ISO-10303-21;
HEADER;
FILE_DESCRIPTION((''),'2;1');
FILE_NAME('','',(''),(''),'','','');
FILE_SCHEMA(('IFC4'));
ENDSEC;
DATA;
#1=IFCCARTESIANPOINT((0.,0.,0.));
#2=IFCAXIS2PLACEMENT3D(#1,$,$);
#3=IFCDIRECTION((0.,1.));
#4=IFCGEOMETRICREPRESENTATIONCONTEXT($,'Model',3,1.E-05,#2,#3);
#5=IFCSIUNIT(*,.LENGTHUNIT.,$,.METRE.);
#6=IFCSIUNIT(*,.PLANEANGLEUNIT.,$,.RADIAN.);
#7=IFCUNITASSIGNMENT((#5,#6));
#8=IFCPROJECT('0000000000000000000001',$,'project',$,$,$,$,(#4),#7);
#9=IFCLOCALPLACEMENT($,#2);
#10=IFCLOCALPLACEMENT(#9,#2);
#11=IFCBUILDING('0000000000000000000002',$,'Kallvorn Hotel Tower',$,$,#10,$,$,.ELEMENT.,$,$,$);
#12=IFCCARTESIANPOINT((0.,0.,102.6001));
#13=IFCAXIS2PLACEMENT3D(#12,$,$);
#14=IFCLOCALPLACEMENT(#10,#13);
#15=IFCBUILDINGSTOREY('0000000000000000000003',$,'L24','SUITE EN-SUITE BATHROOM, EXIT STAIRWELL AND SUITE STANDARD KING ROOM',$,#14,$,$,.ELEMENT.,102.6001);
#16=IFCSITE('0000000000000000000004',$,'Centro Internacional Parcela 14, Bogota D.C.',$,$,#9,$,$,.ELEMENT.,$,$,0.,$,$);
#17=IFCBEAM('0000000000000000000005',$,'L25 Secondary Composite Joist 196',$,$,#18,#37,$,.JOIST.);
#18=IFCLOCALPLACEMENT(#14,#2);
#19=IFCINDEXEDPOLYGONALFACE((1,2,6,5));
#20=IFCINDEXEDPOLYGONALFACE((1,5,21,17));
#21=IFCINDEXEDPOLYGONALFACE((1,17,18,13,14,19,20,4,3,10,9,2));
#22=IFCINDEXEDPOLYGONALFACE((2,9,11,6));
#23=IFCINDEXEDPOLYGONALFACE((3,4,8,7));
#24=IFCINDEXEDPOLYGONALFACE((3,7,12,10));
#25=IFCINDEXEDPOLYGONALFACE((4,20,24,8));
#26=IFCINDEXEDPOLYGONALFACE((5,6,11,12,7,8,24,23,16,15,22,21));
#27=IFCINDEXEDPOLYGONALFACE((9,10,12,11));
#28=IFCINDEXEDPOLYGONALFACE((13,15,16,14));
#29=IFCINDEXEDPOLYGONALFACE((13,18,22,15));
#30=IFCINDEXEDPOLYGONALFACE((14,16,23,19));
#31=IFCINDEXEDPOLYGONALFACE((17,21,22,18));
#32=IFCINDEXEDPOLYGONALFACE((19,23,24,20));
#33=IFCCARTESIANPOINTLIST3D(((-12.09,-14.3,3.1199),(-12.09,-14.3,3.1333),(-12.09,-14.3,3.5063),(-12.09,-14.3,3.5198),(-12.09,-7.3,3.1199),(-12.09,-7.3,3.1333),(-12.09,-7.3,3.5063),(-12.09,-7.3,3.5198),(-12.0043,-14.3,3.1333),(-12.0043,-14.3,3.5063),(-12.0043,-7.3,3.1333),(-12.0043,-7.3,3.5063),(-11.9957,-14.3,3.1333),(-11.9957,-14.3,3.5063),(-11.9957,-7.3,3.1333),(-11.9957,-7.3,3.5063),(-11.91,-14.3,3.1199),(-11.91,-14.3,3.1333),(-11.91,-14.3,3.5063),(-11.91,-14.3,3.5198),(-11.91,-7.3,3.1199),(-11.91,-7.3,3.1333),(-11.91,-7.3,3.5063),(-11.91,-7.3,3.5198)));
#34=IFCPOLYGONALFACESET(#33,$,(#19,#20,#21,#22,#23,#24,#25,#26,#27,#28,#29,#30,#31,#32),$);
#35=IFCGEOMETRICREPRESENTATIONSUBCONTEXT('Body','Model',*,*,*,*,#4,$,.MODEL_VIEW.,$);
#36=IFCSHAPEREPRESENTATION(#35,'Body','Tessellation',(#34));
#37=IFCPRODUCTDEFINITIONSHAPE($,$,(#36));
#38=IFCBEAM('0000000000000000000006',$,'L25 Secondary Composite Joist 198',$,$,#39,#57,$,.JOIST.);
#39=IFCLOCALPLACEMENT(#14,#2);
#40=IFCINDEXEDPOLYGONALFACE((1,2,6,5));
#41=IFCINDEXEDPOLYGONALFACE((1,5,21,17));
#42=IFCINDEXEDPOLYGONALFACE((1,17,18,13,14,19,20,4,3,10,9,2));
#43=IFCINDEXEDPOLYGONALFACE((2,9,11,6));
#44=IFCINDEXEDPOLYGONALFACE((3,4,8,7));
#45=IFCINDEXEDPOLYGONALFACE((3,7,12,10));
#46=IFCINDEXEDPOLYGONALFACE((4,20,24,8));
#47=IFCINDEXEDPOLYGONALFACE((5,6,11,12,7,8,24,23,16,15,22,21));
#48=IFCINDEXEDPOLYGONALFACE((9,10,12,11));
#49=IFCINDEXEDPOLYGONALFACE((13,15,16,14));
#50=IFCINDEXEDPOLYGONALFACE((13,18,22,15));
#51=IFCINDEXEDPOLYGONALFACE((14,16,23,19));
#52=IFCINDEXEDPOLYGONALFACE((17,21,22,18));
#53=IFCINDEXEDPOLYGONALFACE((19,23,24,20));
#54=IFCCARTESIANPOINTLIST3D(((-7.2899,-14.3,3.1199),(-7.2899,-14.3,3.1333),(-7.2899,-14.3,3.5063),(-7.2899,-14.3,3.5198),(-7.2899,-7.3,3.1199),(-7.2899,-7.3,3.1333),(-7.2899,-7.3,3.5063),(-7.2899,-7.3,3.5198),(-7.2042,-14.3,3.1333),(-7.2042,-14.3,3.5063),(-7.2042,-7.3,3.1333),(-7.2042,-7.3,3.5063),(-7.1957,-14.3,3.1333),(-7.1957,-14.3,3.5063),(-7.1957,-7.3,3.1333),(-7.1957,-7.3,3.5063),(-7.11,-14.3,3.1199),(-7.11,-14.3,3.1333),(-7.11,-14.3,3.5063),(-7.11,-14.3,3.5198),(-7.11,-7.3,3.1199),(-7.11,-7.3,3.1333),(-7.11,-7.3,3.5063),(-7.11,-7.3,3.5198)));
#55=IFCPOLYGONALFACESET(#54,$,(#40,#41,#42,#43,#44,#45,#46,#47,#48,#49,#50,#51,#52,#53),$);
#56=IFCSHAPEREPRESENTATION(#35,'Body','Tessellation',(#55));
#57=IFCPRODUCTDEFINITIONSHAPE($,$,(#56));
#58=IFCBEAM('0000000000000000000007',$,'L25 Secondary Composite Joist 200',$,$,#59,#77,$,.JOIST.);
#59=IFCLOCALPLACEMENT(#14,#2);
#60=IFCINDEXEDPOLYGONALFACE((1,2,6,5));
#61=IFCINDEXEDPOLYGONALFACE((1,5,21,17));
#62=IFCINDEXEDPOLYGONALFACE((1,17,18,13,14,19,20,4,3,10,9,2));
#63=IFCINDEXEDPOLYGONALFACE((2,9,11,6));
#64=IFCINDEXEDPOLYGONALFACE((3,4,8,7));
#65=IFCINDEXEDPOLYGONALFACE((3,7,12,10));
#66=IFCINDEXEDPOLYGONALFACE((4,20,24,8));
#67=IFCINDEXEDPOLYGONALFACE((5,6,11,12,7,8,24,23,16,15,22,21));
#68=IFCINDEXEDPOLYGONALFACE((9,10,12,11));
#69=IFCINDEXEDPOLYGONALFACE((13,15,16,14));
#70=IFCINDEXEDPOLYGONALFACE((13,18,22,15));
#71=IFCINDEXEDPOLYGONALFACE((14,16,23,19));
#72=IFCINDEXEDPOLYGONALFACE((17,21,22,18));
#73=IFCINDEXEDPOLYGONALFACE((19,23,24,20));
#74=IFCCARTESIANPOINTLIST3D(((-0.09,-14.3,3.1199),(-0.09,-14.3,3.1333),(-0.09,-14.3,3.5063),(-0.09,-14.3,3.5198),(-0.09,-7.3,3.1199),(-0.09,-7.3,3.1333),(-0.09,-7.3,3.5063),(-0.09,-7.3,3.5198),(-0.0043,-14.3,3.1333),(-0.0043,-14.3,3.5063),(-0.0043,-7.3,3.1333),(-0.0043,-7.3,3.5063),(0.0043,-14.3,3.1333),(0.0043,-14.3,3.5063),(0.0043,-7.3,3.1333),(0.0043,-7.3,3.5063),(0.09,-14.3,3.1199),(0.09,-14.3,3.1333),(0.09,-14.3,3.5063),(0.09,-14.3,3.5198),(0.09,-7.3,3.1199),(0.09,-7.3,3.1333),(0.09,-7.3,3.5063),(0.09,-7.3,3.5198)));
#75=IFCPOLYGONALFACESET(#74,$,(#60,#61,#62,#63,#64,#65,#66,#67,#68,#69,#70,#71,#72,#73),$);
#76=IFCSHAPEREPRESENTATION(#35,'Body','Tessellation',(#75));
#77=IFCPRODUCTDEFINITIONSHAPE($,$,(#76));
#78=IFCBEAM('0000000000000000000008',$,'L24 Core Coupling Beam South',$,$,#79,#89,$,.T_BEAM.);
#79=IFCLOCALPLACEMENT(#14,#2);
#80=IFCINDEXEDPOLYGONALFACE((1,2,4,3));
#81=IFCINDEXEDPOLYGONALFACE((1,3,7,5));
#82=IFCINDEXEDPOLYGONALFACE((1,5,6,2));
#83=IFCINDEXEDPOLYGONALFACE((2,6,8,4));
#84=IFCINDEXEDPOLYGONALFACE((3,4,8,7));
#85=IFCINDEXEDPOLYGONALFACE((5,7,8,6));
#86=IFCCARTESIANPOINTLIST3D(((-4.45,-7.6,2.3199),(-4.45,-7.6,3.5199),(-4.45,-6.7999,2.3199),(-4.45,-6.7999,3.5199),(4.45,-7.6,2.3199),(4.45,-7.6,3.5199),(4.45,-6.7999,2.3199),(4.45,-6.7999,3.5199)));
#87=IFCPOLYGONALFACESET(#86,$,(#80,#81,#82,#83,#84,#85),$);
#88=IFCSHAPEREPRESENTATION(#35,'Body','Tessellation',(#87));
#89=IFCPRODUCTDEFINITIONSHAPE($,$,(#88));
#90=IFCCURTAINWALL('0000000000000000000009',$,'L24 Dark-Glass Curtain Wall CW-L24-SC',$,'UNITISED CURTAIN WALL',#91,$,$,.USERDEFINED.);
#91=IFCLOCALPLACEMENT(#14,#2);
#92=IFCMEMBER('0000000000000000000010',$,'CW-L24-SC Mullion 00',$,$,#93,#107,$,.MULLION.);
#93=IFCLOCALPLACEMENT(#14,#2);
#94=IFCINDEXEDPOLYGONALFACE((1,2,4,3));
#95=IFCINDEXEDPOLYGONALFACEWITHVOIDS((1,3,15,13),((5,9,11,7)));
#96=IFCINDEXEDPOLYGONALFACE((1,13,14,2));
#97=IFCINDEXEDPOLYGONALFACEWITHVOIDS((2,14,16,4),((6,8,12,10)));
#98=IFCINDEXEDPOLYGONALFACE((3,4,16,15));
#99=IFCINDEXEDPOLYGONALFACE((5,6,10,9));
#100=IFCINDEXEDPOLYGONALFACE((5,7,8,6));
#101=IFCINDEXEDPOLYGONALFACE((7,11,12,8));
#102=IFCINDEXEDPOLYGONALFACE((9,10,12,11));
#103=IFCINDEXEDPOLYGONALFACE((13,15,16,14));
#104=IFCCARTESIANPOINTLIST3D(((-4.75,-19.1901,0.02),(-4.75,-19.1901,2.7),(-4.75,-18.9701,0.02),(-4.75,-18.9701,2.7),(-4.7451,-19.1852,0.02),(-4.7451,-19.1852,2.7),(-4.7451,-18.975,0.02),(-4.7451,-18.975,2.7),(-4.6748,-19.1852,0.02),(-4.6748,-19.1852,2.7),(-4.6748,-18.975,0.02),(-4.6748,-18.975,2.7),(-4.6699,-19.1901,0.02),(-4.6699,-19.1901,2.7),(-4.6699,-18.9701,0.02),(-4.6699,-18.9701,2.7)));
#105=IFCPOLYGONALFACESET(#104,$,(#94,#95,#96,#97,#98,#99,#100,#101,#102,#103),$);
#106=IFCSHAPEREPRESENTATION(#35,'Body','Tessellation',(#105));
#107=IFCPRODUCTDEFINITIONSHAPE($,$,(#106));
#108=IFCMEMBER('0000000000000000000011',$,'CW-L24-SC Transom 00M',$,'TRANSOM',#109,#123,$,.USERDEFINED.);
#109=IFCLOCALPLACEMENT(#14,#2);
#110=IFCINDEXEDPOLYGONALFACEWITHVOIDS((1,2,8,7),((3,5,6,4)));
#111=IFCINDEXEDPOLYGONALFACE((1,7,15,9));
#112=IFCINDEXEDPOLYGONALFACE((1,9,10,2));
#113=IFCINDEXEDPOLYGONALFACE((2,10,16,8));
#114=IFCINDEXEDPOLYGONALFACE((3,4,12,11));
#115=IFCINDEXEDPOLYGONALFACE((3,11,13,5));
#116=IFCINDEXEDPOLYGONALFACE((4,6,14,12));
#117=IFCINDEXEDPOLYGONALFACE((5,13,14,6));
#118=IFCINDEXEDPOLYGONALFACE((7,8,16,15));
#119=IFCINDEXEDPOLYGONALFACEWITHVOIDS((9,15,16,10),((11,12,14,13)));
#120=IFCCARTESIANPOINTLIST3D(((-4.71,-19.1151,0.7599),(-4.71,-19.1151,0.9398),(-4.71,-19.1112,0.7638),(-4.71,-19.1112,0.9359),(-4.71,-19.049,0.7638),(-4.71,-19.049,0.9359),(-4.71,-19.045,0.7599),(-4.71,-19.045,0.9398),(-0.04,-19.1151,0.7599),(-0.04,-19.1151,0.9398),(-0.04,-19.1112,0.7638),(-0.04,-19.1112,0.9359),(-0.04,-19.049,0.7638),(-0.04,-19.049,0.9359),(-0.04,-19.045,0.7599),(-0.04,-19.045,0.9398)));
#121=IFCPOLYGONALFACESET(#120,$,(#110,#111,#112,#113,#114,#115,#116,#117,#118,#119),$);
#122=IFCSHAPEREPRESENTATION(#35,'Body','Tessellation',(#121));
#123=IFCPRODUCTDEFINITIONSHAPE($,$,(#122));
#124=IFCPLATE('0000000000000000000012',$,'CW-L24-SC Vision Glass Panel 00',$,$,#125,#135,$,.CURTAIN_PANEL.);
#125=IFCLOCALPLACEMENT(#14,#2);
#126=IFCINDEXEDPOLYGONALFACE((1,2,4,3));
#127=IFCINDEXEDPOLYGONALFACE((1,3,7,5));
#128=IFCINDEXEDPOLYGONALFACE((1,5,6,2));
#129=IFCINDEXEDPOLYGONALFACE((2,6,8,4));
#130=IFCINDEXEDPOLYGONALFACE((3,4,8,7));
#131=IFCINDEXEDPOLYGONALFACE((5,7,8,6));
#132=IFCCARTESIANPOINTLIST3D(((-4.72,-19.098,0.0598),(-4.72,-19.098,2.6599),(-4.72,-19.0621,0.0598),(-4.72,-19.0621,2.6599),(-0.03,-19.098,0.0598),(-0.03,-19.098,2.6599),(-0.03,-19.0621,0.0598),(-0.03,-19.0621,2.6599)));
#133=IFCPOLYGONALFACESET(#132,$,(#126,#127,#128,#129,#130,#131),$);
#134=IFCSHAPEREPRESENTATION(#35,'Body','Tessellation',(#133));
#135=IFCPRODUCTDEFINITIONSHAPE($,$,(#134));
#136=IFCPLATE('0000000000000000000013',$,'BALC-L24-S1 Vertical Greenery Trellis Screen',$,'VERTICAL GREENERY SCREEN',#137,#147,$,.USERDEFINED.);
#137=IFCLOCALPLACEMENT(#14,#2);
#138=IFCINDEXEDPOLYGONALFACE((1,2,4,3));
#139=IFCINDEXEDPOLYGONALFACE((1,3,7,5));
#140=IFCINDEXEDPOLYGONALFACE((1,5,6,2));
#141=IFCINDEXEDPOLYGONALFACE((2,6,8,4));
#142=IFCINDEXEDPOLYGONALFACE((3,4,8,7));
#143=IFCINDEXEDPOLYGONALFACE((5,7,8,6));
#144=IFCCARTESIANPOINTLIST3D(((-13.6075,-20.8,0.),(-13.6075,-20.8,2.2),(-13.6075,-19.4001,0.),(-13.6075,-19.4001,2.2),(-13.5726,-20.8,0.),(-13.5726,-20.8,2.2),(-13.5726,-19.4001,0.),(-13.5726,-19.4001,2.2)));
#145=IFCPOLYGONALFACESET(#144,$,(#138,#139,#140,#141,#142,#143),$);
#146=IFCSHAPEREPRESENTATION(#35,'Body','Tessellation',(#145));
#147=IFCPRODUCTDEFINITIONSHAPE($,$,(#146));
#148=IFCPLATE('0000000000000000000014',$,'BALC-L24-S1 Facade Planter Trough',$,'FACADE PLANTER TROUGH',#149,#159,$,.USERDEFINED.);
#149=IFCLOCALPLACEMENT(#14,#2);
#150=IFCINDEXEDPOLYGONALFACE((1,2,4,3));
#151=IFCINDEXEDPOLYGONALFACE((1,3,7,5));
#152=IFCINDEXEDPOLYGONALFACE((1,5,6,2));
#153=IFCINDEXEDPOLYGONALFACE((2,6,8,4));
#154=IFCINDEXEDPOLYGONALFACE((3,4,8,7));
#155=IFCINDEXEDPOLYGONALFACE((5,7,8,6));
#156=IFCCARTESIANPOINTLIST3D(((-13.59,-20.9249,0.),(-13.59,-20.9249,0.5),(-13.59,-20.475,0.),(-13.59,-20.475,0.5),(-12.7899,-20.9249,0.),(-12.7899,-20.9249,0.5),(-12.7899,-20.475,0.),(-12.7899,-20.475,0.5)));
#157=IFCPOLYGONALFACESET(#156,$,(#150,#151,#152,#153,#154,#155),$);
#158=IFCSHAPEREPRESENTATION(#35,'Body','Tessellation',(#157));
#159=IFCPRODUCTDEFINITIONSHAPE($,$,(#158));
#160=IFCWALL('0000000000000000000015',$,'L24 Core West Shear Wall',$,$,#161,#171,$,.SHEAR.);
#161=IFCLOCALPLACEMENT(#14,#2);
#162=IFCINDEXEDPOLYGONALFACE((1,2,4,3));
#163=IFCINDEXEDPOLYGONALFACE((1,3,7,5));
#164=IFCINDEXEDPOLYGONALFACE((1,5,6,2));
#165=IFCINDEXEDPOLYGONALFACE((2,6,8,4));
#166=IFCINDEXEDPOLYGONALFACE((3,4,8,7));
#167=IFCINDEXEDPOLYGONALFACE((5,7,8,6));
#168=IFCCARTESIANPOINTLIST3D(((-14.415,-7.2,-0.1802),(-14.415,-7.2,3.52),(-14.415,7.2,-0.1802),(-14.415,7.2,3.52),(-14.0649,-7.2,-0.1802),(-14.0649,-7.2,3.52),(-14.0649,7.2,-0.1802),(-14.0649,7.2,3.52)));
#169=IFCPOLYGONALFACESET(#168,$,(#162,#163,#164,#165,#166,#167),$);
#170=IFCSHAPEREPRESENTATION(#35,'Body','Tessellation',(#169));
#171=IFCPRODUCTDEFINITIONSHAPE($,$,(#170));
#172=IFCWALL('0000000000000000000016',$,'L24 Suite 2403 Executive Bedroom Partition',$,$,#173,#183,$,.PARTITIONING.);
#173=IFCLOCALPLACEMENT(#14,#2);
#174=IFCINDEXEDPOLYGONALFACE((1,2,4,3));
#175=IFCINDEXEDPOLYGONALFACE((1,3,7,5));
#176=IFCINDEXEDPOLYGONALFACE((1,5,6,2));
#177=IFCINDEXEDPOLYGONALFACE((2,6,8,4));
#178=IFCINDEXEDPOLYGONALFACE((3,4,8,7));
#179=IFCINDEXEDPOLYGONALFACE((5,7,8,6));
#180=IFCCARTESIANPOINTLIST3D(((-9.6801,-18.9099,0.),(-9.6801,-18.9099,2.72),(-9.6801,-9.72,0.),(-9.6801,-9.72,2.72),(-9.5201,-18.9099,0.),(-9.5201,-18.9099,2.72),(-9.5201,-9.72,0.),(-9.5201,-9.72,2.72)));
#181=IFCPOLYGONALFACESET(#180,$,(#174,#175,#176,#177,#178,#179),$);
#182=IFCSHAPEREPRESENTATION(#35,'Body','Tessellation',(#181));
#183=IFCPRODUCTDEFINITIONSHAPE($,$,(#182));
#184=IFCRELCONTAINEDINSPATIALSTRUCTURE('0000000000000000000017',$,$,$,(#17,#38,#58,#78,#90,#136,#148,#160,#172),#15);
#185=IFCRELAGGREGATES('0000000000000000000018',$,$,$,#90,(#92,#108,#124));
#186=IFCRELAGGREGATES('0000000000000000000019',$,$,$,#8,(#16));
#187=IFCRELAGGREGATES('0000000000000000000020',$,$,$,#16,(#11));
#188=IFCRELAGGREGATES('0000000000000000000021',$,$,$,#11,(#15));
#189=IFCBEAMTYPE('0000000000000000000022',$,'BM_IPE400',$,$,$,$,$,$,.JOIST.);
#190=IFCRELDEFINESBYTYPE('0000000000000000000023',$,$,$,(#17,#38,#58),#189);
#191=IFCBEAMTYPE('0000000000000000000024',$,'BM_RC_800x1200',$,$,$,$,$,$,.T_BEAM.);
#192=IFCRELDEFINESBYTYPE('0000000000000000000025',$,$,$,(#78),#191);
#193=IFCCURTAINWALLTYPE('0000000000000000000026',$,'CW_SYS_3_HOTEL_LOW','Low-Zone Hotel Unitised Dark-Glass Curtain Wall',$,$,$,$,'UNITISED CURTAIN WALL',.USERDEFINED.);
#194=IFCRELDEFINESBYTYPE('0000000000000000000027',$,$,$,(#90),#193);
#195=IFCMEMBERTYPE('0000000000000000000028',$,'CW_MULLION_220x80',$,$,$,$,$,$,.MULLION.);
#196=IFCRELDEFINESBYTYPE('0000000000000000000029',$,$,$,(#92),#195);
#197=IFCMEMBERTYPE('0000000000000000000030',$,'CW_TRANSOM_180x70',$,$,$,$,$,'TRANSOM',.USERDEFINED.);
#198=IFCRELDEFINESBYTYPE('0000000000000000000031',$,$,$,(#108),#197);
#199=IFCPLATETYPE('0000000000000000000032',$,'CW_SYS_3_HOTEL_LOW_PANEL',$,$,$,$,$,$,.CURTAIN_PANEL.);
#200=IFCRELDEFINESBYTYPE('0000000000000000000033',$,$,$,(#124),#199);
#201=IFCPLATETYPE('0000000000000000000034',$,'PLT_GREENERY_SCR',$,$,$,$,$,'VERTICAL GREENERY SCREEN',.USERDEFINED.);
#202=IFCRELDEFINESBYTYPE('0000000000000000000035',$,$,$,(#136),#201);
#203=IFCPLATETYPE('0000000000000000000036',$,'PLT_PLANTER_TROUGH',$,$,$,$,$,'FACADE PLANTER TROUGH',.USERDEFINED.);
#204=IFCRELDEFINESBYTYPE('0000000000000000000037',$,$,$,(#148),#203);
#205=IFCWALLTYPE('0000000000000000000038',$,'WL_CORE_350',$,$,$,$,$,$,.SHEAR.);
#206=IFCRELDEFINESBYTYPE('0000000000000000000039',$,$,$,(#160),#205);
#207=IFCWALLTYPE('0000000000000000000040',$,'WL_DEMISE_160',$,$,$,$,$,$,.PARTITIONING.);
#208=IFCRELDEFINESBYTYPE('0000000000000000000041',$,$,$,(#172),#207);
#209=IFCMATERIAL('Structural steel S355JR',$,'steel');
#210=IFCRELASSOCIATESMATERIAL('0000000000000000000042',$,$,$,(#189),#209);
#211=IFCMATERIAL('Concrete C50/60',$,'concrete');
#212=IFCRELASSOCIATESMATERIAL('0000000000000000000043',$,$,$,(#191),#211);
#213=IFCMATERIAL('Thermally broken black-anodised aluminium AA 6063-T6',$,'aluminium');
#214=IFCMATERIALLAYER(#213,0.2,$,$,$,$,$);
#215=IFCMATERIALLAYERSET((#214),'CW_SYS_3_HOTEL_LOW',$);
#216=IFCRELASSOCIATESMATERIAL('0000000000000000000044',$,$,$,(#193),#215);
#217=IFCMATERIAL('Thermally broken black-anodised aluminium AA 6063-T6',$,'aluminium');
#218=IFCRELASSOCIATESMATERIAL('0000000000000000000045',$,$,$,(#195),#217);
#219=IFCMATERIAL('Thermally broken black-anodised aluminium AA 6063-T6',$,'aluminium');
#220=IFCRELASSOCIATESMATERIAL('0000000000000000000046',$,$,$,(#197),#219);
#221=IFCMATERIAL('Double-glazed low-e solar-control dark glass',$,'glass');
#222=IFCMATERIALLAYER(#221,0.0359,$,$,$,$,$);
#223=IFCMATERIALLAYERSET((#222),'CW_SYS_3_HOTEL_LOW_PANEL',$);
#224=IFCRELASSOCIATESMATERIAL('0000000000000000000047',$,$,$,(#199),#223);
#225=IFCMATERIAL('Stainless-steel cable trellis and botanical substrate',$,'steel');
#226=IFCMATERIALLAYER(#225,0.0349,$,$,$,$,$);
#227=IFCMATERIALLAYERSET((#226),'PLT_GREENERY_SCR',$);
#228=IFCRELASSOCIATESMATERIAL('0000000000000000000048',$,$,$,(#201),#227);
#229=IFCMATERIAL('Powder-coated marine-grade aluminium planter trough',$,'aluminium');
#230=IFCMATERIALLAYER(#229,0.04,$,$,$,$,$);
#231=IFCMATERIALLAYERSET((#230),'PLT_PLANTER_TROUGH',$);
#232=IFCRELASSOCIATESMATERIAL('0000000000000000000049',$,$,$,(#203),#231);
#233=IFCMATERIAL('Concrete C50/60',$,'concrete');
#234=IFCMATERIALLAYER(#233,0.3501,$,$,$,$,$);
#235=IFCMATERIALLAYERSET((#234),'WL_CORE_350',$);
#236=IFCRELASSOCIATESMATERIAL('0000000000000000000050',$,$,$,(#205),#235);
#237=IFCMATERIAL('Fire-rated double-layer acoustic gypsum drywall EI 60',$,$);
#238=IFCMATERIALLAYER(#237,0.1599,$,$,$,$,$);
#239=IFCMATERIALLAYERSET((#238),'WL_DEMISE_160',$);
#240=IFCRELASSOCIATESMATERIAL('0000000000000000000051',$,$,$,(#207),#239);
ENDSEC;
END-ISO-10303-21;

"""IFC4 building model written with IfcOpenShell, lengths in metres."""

from ifc_helpers import new_model, si_unit, direction, frame, frame_2d, origin, origin_2d, place, context, subcontext, project, spatial, rectangle, hollow_rectangle, i_section, extrude, material, layer, layer_set, material_profile, profile_set, type_object, element, aggregate, save


model = new_model("IFC4")

# Units and contexts
model_context = context("Model", 3, precision=1e-05, world=origin(), true_north=direction((0.0, 1.0)))
body_context = subcontext(model_context, "Body", "Model", "MODEL_VIEW")
ifc_project = project(units=[si_unit("LENGTHUNIT", "METRE"), si_unit("PLANEANGLEUNIT", "RADIAN")], contexts=[model_context])

# Site, building, storey
site_placement = place(None, origin())
site = spatial("IfcSite", under=ifc_project, at=site_placement, Name="Centro Internacional Parcela 14, Bogota D.C.", CompositionType="ELEMENT", RefElevation=0.0)
building_placement = place(site_placement, origin())
building = spatial("IfcBuilding", under=site, at=building_placement, Name="Kallvorn Hotel Tower", CompositionType="ELEMENT")
storey_placement = place(building_placement, frame((0.0, 0.0, 102.6001)))
storey = spatial("IfcBuildingStorey", under=building, at=storey_placement, Name="L24", Description="SUITE EN-SUITE BATHROOM, EXIT STAIRWELL AND SUITE STANDARD KING ROOM", CompositionType="ELEMENT", Elevation=102.6001)

# Beams
ifc_material_1 = material(Name="Structural steel S355JR", Category="steel")
ifc_material_profile_1 = material_profile(ifc_material_1, i_section(OverallWidth=0.1799, OverallDepth=0.3999, WebThickness=0.0085, FlangeThickness=0.0134, at=origin_2d()), Name="IPE 400")
ifc_profile_set_1 = profile_set([ifc_material_profile_1], Name="Structural steel S355JR")
beam_type_1 = type_object("IfcBeamType", Name="BM_IPE400", PredefinedType="JOIST", material=ifc_profile_set_1)
for number, where, z_axis, x_axis, name in (
    (1, (-12.0, -14.3, 3.3198), (0.0, 1.0, 0.0), (-1.0, 0.0, 0.0), "L25 Secondary Composite Joist 196"),
    (2, (-7.2, -14.3, 3.3198), (0.0, 1.0, 0.0), (-1.0, 0.0, 0.0), "L25 Secondary Composite Joist 198"),
    (3, (0.0, -14.3, 3.3198), (0.0, 1.0, 0.0), (-1.0, 0.0, 0.0), "L25 Secondary Composite Joist 200"),
):
    element("IfcBeam", number, at=place(storey_placement, frame(where, z_axis=z_axis, x_axis=x_axis)), inside=storey, type_object=beam_type_1, Name=name, PredefinedType="JOIST", context=body_context, shape_type="SweptSolid", body=[
        extrude(i_section(OverallWidth=0.1799, OverallDepth=0.3999, WebThickness=0.0085, FlangeThickness=0.0134, at=origin_2d()), origin(), (0.0, 0.0, 1.0), 7.0),
    ])
ifc_material_2 = material(Name="Concrete C50/60", Category="concrete")
ifc_material_profile_2 = material_profile(ifc_material_2, rectangle(XDim=0.8, YDim=1.2, at=origin_2d()), Name="RC 800x1200")
ifc_profile_set_2 = profile_set([ifc_material_profile_2], Name="Concrete C50/60")
beam_type_2 = type_object("IfcBeamType", Name="BM_RC_800x1200", PredefinedType="T_BEAM", material=ifc_profile_set_2)
beam_1_placement = place(storey_placement, frame((-4.45, -7.2, 2.9199), z_axis=(1.0, 0.0, 0.0), x_axis=(0.0, 1.0, 0.0)))
element("IfcBeam", 4, at=beam_1_placement, inside=storey, type_object=beam_type_2, Name="L24 Core Coupling Beam South", PredefinedType="T_BEAM", context=body_context, shape_type="SweptSolid", body=[
    extrude(rectangle(XDim=0.8, YDim=1.2, at=origin_2d()), origin(), (0.0, 0.0, 1.0), 8.8999),
])

# Curtain wall, members, plate
ifc_material_3 = material(Name="Thermally broken black-anodised aluminium AA 6063-T6", Category="aluminium")
ifc_layer_1 = layer(ifc_material_3, 0.2)
ifc_layer_set_1 = layer_set([ifc_layer_1], Name="CW_SYS_3_HOTEL_LOW")
curtain_wall_type = type_object("IfcCurtainWallType", Name="CW_SYS_3_HOTEL_LOW", Description="Low-Zone Hotel Unitised Dark-Glass Curtain Wall", ElementType="UNITISED CURTAIN WALL", PredefinedType="USERDEFINED", material=ifc_layer_set_1)
curtain_wall_placement = place(storey_placement, origin())
curtain_wall = element("IfcCurtainWall", 5, at=curtain_wall_placement, inside=storey, type_object=curtain_wall_type, Name="L24 Dark-Glass Curtain Wall CW-L24-SC", ObjectType="UNITISED CURTAIN WALL", PredefinedType="USERDEFINED")
ifc_material_4 = material(Name="Thermally broken black-anodised aluminium AA 6063-T6", Category="aluminium")
ifc_material_profile_3 = material_profile(ifc_material_4, hollow_rectangle(XDim=0.0801, YDim=0.22, WallThickness=0.0049, at=origin_2d()), Name="MUL 220x80")
ifc_profile_set_3 = profile_set([ifc_material_profile_3], Name="Thermally broken black-anodised aluminium AA 6063-T6")
member_type_1 = type_object("IfcMemberType", Name="CW_MULLION_220x80", PredefinedType="MULLION", material=ifc_profile_set_3)
member_1_placement = place(storey_placement, frame((-4.71, -19.0801, 0.02), z_axis=(0.0, 0.0, 1.0), x_axis=(1.0, 0.0, 0.0)))
member_1 = element("IfcMember", 6, at=member_1_placement, type_object=member_type_1, Name="CW-L24-SC Mullion 00", PredefinedType="MULLION", context=body_context, shape_type="SweptSolid", body=[
    extrude(hollow_rectangle(XDim=0.0801, YDim=0.22, WallThickness=0.0049, at=origin_2d()), origin(), (0.0, 0.0, 1.0), 2.6799),
])
ifc_material_5 = material(Name="Thermally broken black-anodised aluminium AA 6063-T6", Category="aluminium")
ifc_material_profile_4 = material_profile(ifc_material_5, hollow_rectangle(XDim=0.0701, YDim=0.1799, WallThickness=0.0039, at=origin_2d()), Name="TRN 180x70")
ifc_profile_set_4 = profile_set([ifc_material_profile_4], Name="Thermally broken black-anodised aluminium AA 6063-T6")
member_type_2 = type_object("IfcMemberType", Name="CW_TRANSOM_180x70", ElementType="TRANSOM", PredefinedType="USERDEFINED", material=ifc_profile_set_4)
member_2_placement = place(storey_placement, frame((-4.71, -19.0801, 0.8499), z_axis=(1.0, 0.0, 0.0), x_axis=(0.0, 1.0, 0.0)))
member_2 = element("IfcMember", 7, at=member_2_placement, type_object=member_type_2, Name="CW-L24-SC Transom 00M", ObjectType="TRANSOM", PredefinedType="USERDEFINED", context=body_context, shape_type="SweptSolid", body=[
    extrude(hollow_rectangle(XDim=0.0701, YDim=0.1799, WallThickness=0.0039, at=origin_2d()), origin(), (0.0, 0.0, 1.0), 4.6699),
])
ifc_material_6 = material(Name="Double-glazed low-e solar-control dark glass", Category="glass")
ifc_layer_2 = layer(ifc_material_6, 0.0359)
ifc_layer_set_2 = layer_set([ifc_layer_2], Name="CW_SYS_3_HOTEL_LOW_PANEL")
plate_type_1 = type_object("IfcPlateType", Name="CW_SYS_3_HOTEL_LOW_PANEL", PredefinedType="CURTAIN_PANEL", material=ifc_layer_set_2)
plate_1_placement = place(storey_placement, frame((-2.375, -19.0801, 0.0598), z_axis=(0.0, 0.0, 1.0), x_axis=(1.0, 0.0, 0.0)))
plate_1 = element("IfcPlate", 8, at=plate_1_placement, type_object=plate_type_1, Name="CW-L24-SC Vision Glass Panel 00", PredefinedType="CURTAIN_PANEL", context=body_context, shape_type="SweptSolid", body=[
    extrude(rectangle(XDim=4.6899, YDim=0.0359, at=origin_2d()), origin(), (0.0, 0.0, 1.0), 2.6001),
])
aggregate(curtain_wall, [member_1, member_2, plate_1])

# Plates
ifc_material_7 = material(Name="Stainless-steel cable trellis and botanical substrate", Category="steel")
ifc_layer_3 = layer(ifc_material_7, 0.0349)
ifc_layer_set_3 = layer_set([ifc_layer_3], Name="PLT_GREENERY_SCR")
plate_type_2 = type_object("IfcPlateType", Name="PLT_GREENERY_SCR", ElementType="VERTICAL GREENERY SCREEN", PredefinedType="USERDEFINED", material=ifc_layer_set_3)
plate_2_placement = place(storey_placement, frame((-13.5901, -20.1001, 0.0), z_axis=(0.0, 0.0, 1.0), x_axis=(1.0, 0.0, 0.0)))
element("IfcPlate", 9, at=plate_2_placement, inside=storey, type_object=plate_type_2, Name="BALC-L24-S1 Vertical Greenery Trellis Screen", ObjectType="VERTICAL GREENERY SCREEN", PredefinedType="USERDEFINED", context=body_context, shape_type="SweptSolid", body=[
    extrude(rectangle(XDim=0.0349, YDim=1.3999, at=origin_2d()), origin(), (0.0, 0.0, 1.0), 2.2),
])
ifc_material_8 = material(Name="Powder-coated marine-grade aluminium planter trough", Category="aluminium")
ifc_layer_4 = layer(ifc_material_8, 0.04)
ifc_layer_set_4 = layer_set([ifc_layer_4], Name="PLT_PLANTER_TROUGH")
plate_type_3 = type_object("IfcPlateType", Name="PLT_PLANTER_TROUGH", ElementType="FACADE PLANTER TROUGH", PredefinedType="USERDEFINED", material=ifc_layer_set_4)
plate_3_placement = place(storey_placement, frame((-13.1899, -20.7, 0.0), z_axis=(0.0, 0.0, 1.0), x_axis=(1.0, 0.0, 0.0)))
element("IfcPlate", 10, at=plate_3_placement, inside=storey, type_object=plate_type_3, Name="BALC-L24-S1 Facade Planter Trough", ObjectType="FACADE PLANTER TROUGH", PredefinedType="USERDEFINED", context=body_context, shape_type="SweptSolid", body=[
    extrude(rectangle(XDim=0.8, YDim=0.45, at=origin_2d()), origin(), (0.0, 0.0, 1.0), 0.5),
])

# Walls
ifc_material_9 = material(Name="Concrete C50/60", Category="concrete")
ifc_layer_5 = layer(ifc_material_9, 0.3501)
ifc_layer_set_5 = layer_set([ifc_layer_5], Name="WL_CORE_350")
wall_type_1 = type_object("IfcWallType", Name="WL_CORE_350", PredefinedType="SHEAR", material=ifc_layer_set_5)
wall_1_placement = place(storey_placement, frame((-14.24, -7.2, -0.1802), z_axis=(0.0, 0.0, 1.0), x_axis=(0.0, 1.0, 0.0)))
element("IfcWall", 11, at=wall_1_placement, inside=storey, type_object=wall_type_1, Name="L24 Core West Shear Wall", PredefinedType="SHEAR", context=body_context, shape_type="SweptSolid", body=[
    extrude(rectangle(XDim=14.3999, YDim=0.3501, at=frame_2d((7.2, 0.0))), origin(), (0.0, 0.0, 1.0), 3.7002),
])
ifc_material_10 = material(Name="Fire-rated double-layer acoustic gypsum drywall EI 60")
ifc_layer_6 = layer(ifc_material_10, 0.1599)
ifc_layer_set_6 = layer_set([ifc_layer_6], Name="WL_DEMISE_160")
wall_type_2 = type_object("IfcWallType", Name="WL_DEMISE_160", PredefinedType="PARTITIONING", material=ifc_layer_set_6)
wall_2_placement = place(storey_placement, frame((-9.6001, -18.9099, 0.0), z_axis=(0.0, 0.0, 1.0), x_axis=(0.0, 1.0, 0.0)))
element("IfcWall", 12, at=wall_2_placement, inside=storey, type_object=wall_type_2, Name="L24 Suite 2403 Executive Bedroom Partition", PredefinedType="PARTITIONING", context=body_context, shape_type="SweptSolid", body=[
    extrude(rectangle(XDim=9.1899, YDim=0.1599, at=frame_2d((4.595, 0.0))), origin(), (0.0, 0.0, 1.0), 2.72),
])

save(model, "model.ifc")
